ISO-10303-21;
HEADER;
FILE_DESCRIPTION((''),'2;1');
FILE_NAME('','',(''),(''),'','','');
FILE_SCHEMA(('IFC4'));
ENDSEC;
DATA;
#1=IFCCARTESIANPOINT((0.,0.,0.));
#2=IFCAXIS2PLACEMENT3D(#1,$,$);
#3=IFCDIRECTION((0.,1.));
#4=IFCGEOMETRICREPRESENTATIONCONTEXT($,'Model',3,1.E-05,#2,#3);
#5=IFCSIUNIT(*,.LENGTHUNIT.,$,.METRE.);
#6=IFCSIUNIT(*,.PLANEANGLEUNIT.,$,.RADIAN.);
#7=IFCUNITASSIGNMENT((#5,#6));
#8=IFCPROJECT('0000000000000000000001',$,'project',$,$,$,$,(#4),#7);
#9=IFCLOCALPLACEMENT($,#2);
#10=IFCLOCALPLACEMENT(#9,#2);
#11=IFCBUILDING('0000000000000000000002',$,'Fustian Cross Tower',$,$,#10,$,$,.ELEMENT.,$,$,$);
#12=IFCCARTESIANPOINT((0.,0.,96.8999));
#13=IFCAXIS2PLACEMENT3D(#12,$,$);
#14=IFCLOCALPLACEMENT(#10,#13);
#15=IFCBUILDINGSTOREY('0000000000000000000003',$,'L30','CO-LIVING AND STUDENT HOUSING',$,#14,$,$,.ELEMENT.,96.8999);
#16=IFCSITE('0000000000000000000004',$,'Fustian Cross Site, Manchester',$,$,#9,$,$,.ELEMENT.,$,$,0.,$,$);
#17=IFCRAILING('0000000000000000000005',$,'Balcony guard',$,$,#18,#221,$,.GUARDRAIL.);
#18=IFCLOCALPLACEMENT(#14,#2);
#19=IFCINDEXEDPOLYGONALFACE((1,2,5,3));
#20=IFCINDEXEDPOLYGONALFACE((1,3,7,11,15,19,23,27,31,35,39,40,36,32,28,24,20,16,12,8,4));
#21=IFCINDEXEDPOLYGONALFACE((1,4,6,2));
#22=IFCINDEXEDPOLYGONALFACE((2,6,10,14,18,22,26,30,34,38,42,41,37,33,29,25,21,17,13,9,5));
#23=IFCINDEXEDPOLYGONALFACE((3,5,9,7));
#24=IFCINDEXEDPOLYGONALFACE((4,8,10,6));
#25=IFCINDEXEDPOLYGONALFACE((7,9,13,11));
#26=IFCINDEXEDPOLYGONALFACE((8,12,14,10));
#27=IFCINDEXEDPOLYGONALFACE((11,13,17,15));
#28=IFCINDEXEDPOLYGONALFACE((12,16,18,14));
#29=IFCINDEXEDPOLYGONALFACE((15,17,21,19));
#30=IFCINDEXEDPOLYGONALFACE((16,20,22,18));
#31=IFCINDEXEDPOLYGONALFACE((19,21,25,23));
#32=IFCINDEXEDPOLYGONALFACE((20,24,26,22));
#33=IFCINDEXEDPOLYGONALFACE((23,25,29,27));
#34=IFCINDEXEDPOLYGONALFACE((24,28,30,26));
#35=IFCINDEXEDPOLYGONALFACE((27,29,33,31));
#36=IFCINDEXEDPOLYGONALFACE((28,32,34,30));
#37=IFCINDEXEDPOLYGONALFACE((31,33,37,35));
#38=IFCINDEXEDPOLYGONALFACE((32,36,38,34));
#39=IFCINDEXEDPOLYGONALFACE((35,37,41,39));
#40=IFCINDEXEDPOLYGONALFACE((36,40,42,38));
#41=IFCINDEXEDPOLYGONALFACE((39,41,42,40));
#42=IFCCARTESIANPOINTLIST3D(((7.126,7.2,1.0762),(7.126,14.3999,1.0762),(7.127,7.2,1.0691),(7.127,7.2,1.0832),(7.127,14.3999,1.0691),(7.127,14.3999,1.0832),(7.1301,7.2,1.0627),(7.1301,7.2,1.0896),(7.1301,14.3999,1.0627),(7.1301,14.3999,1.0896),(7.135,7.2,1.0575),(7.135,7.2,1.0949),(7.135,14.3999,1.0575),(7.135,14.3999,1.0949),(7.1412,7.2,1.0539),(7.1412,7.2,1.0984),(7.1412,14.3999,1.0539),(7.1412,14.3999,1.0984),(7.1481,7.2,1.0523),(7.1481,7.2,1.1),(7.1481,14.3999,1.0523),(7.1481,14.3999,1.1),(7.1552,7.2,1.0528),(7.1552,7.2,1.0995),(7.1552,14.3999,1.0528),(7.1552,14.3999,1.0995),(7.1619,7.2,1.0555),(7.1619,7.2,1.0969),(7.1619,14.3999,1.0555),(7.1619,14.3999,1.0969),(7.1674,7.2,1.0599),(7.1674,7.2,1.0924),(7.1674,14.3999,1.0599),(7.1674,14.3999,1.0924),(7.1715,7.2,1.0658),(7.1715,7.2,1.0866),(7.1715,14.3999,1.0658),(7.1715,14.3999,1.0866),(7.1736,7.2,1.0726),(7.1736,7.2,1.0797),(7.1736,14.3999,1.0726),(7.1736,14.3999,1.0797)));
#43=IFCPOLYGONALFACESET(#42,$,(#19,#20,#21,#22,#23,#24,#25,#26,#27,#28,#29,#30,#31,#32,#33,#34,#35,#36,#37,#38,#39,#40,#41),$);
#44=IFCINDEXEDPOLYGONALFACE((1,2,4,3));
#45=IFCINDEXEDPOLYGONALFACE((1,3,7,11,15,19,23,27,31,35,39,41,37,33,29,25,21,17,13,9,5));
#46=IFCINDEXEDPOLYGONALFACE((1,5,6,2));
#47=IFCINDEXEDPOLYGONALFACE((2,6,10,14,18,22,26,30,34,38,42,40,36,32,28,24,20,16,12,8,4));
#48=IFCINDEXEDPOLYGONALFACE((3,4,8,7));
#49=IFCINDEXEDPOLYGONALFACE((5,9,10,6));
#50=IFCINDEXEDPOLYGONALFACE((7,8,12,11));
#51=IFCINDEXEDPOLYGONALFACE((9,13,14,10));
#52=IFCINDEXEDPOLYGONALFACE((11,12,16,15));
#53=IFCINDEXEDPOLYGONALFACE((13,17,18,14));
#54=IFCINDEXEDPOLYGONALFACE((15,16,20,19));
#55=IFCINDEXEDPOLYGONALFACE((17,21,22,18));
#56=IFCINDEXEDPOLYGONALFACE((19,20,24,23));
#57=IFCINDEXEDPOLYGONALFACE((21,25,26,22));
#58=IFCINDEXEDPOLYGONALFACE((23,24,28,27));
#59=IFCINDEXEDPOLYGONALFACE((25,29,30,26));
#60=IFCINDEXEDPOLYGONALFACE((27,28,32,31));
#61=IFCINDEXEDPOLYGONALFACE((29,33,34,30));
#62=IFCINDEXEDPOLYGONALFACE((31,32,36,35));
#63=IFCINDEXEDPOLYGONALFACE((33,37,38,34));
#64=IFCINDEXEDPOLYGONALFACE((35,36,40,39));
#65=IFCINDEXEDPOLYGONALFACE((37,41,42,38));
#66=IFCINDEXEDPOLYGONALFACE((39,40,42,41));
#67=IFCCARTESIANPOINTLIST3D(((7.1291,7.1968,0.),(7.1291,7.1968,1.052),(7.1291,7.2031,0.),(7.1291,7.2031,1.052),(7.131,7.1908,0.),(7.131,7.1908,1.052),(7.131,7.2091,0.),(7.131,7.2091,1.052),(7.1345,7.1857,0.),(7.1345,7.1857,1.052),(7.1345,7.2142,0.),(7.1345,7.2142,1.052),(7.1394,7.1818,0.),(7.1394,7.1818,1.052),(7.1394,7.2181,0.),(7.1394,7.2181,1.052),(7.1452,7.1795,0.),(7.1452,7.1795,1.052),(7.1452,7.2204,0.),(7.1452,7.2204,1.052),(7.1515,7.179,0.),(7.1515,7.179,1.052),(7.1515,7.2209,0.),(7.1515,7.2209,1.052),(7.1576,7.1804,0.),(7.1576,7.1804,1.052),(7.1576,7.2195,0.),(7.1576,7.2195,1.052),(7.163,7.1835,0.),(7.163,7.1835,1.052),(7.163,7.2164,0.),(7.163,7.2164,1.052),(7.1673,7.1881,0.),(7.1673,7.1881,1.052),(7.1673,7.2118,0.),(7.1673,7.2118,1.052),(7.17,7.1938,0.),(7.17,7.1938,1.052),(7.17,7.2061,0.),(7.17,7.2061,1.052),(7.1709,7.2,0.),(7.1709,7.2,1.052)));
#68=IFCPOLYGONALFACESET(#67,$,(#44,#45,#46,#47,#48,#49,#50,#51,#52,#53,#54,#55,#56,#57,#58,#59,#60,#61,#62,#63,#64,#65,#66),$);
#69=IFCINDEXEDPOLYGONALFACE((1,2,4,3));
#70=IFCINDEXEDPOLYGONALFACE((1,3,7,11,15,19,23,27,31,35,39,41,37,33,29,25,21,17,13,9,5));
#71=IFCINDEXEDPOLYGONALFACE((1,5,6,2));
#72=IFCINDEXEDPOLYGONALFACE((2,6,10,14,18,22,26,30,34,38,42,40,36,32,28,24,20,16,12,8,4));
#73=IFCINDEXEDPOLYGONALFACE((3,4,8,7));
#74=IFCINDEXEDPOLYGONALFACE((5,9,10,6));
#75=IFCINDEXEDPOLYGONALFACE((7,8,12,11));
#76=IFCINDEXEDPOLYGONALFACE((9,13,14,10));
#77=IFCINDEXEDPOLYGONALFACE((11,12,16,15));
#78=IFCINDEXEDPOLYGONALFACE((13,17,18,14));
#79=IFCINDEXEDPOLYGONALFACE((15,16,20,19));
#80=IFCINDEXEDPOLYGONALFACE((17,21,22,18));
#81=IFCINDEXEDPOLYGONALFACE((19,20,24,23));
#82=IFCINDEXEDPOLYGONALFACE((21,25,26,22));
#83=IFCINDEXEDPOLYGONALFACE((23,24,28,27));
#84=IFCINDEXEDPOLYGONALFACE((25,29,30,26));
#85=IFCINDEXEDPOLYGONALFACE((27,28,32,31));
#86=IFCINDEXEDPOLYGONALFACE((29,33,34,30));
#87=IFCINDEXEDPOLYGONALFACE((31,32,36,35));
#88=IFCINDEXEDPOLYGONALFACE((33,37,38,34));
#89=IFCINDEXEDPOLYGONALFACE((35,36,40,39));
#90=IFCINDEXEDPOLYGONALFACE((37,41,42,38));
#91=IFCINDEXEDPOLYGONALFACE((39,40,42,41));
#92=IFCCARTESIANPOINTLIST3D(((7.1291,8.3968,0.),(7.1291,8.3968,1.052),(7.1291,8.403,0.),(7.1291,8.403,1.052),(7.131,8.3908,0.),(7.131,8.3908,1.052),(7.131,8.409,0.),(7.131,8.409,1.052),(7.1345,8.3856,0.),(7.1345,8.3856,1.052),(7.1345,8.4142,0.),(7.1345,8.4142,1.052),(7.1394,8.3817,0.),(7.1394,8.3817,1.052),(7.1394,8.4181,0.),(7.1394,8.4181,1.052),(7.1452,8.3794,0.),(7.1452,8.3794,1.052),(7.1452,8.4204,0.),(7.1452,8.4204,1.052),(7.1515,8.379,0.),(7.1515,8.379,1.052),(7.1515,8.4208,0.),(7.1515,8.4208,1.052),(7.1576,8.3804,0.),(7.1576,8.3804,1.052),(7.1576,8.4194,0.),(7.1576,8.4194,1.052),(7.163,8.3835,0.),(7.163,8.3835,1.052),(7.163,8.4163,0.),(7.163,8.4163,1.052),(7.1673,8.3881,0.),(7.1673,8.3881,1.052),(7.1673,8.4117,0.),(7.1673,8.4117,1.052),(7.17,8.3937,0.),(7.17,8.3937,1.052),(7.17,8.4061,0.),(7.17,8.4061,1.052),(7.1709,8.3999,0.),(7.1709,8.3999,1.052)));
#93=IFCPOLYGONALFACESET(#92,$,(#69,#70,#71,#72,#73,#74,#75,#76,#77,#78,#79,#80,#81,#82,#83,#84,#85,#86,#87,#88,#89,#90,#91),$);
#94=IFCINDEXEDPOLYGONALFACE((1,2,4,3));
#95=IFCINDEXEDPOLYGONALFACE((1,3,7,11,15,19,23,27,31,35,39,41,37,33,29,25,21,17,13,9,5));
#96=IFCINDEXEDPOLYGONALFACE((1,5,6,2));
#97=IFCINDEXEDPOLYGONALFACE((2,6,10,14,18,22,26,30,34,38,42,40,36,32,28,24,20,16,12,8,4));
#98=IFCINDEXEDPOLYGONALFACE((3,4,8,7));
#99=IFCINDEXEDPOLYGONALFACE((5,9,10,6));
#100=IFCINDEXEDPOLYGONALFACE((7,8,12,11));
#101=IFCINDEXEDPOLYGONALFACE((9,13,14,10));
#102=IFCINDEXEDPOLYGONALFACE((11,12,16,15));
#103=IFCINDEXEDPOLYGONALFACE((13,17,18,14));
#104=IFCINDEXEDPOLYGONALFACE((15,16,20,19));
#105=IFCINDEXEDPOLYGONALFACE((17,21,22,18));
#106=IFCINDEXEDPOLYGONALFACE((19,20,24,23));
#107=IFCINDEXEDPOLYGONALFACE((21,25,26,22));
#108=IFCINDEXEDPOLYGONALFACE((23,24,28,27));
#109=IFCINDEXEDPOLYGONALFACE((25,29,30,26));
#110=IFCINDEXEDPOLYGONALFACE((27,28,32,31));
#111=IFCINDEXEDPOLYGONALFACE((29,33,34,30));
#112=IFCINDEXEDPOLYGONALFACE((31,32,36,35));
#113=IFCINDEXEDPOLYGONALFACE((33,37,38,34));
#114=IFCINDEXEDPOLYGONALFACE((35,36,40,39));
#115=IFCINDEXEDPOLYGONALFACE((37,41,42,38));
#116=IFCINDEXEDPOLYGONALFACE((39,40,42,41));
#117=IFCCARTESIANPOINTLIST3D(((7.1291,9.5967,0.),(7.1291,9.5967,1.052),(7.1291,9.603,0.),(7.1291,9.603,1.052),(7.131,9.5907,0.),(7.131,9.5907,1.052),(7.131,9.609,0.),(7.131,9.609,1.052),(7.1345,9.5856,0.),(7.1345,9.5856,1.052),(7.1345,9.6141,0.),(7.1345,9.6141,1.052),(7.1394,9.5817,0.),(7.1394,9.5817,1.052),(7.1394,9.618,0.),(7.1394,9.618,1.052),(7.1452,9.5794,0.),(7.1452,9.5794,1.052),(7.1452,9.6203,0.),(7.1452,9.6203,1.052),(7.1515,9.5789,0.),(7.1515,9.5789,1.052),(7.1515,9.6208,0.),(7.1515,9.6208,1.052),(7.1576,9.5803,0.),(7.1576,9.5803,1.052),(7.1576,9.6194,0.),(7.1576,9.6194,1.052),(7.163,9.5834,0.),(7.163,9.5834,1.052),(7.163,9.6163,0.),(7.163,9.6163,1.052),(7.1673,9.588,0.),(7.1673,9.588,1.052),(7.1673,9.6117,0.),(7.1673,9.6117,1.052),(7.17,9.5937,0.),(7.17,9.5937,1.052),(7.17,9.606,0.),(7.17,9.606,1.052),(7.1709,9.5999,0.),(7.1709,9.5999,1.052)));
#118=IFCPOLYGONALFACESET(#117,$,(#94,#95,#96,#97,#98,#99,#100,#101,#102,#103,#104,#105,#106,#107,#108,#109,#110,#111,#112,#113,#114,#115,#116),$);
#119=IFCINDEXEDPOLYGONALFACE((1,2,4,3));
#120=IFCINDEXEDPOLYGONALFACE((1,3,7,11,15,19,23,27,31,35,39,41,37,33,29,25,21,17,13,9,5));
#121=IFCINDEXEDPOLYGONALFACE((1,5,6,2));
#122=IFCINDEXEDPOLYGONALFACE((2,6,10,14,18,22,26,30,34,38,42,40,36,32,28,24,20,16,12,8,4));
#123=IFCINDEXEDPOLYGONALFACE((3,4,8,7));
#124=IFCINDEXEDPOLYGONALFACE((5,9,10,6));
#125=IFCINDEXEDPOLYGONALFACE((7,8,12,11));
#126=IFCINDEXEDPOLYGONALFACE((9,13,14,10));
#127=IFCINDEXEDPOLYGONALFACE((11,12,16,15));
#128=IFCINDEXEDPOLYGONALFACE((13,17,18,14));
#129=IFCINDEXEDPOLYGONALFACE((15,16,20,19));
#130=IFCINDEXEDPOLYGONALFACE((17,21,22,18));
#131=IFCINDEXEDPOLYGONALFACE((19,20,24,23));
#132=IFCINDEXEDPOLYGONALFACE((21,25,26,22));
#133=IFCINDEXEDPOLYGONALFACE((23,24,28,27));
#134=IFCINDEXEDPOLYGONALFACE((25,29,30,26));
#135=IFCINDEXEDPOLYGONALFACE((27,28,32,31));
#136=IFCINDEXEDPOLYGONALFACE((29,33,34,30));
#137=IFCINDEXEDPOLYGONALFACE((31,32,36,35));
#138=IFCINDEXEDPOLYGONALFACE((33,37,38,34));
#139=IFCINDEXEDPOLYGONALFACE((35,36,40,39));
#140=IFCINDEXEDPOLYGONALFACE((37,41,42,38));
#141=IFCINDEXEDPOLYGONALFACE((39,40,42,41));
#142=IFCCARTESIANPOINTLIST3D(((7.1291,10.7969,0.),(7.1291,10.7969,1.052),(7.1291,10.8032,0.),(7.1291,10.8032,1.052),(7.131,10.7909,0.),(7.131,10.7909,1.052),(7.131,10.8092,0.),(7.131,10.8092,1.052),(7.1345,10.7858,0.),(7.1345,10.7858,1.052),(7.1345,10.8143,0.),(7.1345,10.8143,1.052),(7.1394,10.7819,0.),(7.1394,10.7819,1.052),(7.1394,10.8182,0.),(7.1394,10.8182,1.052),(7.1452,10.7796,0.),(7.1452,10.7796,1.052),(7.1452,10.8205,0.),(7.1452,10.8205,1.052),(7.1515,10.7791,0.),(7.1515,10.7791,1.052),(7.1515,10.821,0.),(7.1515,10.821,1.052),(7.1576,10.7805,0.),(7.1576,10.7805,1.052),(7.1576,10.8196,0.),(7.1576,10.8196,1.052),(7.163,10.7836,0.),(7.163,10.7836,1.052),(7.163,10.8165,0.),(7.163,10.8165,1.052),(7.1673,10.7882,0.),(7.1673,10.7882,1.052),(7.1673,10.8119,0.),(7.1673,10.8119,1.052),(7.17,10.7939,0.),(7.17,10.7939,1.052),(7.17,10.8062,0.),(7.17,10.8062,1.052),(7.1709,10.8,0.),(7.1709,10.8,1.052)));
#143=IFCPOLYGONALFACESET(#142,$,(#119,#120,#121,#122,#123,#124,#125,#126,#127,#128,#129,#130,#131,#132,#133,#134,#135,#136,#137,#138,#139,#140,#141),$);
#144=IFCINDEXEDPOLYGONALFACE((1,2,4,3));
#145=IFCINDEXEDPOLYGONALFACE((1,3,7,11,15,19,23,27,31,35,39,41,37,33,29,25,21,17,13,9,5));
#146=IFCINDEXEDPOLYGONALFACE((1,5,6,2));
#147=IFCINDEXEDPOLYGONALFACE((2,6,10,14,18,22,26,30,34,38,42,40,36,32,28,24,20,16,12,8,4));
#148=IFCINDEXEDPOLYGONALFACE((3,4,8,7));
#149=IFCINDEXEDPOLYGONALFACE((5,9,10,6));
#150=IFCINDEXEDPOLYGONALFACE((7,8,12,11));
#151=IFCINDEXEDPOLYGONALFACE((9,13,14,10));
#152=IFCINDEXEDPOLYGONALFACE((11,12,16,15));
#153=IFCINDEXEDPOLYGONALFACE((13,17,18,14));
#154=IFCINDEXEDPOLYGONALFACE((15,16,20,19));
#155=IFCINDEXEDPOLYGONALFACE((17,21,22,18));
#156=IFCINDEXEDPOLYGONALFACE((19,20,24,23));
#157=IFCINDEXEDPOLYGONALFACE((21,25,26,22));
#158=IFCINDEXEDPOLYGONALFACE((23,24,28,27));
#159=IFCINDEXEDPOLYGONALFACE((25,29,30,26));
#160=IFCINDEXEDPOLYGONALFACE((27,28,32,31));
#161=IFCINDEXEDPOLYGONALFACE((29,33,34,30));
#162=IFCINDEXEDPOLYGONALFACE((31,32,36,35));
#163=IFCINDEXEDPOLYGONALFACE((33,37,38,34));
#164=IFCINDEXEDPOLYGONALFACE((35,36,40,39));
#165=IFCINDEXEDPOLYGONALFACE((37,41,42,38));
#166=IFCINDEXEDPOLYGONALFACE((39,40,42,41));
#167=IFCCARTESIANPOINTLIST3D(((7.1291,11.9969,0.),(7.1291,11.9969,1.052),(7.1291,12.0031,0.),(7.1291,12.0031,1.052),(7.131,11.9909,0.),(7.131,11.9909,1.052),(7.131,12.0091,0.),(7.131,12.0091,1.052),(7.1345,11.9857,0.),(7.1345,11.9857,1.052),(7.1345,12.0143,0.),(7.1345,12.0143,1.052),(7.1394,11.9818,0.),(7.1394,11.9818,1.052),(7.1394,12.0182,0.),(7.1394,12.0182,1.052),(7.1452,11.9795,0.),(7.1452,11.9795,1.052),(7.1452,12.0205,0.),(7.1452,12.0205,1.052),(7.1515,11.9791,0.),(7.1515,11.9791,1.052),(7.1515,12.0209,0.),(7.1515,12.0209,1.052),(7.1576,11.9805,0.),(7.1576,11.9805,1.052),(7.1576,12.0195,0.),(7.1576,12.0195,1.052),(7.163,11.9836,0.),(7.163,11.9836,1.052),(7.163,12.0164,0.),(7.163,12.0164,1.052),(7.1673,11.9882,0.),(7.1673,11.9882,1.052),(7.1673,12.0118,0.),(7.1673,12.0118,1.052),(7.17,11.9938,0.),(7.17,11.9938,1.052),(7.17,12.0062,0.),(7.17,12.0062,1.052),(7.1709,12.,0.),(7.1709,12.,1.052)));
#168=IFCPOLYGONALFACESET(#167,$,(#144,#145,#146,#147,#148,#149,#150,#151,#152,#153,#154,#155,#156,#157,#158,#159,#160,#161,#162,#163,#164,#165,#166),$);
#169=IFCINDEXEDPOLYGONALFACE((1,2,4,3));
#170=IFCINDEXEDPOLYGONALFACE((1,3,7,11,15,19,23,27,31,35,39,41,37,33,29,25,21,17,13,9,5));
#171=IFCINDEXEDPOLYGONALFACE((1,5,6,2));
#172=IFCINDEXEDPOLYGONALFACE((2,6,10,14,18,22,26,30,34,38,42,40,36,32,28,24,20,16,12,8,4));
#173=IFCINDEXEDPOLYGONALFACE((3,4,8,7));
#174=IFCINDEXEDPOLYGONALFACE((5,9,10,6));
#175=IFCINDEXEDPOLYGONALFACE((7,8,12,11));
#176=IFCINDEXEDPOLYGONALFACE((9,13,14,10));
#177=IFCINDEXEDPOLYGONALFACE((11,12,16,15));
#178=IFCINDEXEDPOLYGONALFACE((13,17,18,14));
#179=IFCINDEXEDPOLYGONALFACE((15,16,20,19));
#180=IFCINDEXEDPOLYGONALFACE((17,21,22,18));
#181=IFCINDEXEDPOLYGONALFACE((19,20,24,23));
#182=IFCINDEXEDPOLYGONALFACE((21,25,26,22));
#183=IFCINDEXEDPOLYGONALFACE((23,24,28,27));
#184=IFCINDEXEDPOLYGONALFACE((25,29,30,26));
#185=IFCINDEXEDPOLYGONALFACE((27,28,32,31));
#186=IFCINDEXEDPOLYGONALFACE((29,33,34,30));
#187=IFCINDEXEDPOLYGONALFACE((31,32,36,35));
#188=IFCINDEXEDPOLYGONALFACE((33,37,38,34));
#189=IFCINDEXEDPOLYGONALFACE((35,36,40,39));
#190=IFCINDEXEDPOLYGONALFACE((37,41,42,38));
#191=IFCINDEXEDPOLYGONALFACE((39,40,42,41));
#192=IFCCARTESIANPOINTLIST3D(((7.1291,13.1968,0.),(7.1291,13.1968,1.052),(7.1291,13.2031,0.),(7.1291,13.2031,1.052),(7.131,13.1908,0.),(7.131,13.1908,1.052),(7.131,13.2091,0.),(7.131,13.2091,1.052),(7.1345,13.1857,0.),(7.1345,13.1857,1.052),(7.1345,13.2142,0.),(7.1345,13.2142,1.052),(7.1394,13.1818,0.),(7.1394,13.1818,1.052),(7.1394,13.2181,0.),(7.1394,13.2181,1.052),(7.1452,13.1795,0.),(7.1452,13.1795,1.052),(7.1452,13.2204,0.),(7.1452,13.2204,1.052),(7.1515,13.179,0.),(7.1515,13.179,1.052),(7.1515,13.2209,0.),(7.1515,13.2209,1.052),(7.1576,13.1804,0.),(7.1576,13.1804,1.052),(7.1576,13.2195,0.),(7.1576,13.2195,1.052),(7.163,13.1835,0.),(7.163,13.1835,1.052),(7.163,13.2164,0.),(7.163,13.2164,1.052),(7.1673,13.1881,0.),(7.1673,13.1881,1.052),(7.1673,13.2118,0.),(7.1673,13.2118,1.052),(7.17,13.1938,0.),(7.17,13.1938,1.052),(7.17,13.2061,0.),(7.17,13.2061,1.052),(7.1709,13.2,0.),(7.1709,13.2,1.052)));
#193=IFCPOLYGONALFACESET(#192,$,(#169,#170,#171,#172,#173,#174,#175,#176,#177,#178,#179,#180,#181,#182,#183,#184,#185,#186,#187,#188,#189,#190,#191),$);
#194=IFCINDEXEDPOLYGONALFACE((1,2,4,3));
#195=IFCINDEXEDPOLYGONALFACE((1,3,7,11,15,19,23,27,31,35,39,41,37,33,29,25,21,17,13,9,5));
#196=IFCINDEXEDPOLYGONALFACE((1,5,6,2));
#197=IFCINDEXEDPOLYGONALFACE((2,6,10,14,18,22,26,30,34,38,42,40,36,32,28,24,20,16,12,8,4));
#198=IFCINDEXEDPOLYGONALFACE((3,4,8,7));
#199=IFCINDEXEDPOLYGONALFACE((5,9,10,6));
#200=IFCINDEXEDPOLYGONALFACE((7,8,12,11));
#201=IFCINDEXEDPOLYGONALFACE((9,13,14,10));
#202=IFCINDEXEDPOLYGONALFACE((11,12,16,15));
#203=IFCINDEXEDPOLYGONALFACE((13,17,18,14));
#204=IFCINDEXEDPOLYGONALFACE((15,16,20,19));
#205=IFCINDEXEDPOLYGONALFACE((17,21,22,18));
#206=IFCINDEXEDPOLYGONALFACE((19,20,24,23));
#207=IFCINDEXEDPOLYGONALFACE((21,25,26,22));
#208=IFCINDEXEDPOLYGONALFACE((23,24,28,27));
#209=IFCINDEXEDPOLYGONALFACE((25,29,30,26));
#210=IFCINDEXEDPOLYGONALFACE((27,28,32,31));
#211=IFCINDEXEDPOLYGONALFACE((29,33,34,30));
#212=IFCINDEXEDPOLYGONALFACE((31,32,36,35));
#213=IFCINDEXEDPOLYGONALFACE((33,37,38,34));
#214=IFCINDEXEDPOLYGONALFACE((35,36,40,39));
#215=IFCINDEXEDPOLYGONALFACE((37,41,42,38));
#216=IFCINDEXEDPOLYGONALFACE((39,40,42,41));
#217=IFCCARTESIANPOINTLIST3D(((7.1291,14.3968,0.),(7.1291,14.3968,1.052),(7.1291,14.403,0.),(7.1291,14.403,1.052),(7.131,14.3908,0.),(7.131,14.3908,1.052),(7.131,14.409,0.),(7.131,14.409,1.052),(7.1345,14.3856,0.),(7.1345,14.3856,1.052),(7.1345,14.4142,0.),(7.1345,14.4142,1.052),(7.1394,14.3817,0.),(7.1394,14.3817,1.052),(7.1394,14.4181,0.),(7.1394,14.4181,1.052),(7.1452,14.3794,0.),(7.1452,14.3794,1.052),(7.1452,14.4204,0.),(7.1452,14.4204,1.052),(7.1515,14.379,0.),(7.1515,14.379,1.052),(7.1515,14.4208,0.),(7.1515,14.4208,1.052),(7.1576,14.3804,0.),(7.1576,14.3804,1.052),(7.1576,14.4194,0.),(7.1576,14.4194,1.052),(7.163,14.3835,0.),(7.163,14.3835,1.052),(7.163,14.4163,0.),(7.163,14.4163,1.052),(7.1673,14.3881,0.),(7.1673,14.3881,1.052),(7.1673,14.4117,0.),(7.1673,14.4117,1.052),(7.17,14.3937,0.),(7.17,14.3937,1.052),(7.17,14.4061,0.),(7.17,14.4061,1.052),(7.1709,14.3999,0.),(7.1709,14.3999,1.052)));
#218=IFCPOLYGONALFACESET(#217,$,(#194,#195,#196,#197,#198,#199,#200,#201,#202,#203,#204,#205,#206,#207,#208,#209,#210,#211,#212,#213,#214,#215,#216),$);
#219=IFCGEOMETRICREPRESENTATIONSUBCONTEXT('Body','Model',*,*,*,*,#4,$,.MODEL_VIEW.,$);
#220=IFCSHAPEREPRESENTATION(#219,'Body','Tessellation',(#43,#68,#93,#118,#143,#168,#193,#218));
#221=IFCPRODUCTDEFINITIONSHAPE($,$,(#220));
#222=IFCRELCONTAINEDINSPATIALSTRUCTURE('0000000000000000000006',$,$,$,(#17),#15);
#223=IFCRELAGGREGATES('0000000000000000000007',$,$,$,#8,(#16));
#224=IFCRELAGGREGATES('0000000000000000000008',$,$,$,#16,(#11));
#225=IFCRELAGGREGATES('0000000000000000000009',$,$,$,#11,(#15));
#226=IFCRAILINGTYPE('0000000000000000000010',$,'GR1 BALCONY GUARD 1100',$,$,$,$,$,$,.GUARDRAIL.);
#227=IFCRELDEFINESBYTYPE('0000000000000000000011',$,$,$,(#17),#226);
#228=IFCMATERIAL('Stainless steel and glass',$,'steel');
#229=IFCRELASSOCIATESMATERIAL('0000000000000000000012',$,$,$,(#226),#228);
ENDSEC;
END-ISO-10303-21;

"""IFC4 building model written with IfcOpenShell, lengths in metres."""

from ifc_helpers import new_model, si_unit, direction, frame, origin, origin_2d, place, context, subcontext, project, spatial, circle, extrude, material, type_object, element, save


model = new_model("IFC4")

# Units and contexts
model_context = context("Model", 3, precision=1e-05, world=origin(), true_north=direction((0.0, 1.0)))
body_context = subcontext(model_context, "Body", "Model", "MODEL_VIEW")
ifc_project = project(units=[si_unit("LENGTHUNIT", "METRE"), si_unit("PLANEANGLEUNIT", "RADIAN")], contexts=[model_context])

# Site, building, storey
site_placement = place(None, origin())
site = spatial("IfcSite", under=ifc_project, at=site_placement, Name="Fustian Cross Site, Manchester", CompositionType="ELEMENT", RefElevation=0.0)
building_placement = place(site_placement, origin())
building = spatial("IfcBuilding", under=site, at=building_placement, Name="Fustian Cross Tower", CompositionType="ELEMENT")
storey_placement = place(building_placement, frame((0.0, 0.0, 96.8999)))
storey = spatial("IfcBuildingStorey", under=building, at=storey_placement, Name="L30", Description="CO-LIVING AND STUDENT HOUSING", CompositionType="ELEMENT", Elevation=96.8999)

# Railing
ifc_material_1 = material(Name="Stainless steel and glass", Category="steel")
railing_type = type_object("IfcRailingType", Name="GR1 BALCONY GUARD 1100", PredefinedType="GUARDRAIL", material=ifc_material_1)
railing_placement = place(storey_placement, frame((7.1499, 7.2, 0.0)))
element("IfcRailing", 1, at=railing_placement, inside=storey, type_object=railing_type, Name="Balcony guard", PredefinedType="GUARDRAIL", context=body_context, shape_type="SweptSolid", body=[
    extrude(circle(Radius=0.0239, at=origin_2d()), frame((0.0, 0.0, 1.0762), z_axis=(0.0, 1.0, 0.0), x_axis=(-1.0, 0.0, 0.0)), (0.0, 0.0, 1.0), 7.2),
    extrude(circle(Radius=0.021, at=origin_2d()), origin(), (0.0, 0.0, 1.0), 1.052),
    extrude(circle(Radius=0.021, at=origin_2d()), frame((0.0, 1.2, 0.0)), (0.0, 0.0, 1.0), 1.052),
    extrude(circle(Radius=0.021, at=origin_2d()), frame((0.0, 2.3999, 0.0)), (0.0, 0.0, 1.0), 1.052),
    extrude(circle(Radius=0.021, at=origin_2d()), frame((0.0, 3.6001, 0.0)), (0.0, 0.0, 1.0), 1.052),
    extrude(circle(Radius=0.021, at=origin_2d()), frame((0.0, 4.8, 0.0)), (0.0, 0.0, 1.0), 1.052),
    extrude(circle(Radius=0.021, at=origin_2d()), frame((0.0, 6.0, 0.0)), (0.0, 0.0, 1.0), 1.052),
    extrude(circle(Radius=0.021, at=origin_2d()), frame((0.0, 7.2, 0.0)), (0.0, 0.0, 1.0), 1.052),
])

save(model, "model.ifc")
